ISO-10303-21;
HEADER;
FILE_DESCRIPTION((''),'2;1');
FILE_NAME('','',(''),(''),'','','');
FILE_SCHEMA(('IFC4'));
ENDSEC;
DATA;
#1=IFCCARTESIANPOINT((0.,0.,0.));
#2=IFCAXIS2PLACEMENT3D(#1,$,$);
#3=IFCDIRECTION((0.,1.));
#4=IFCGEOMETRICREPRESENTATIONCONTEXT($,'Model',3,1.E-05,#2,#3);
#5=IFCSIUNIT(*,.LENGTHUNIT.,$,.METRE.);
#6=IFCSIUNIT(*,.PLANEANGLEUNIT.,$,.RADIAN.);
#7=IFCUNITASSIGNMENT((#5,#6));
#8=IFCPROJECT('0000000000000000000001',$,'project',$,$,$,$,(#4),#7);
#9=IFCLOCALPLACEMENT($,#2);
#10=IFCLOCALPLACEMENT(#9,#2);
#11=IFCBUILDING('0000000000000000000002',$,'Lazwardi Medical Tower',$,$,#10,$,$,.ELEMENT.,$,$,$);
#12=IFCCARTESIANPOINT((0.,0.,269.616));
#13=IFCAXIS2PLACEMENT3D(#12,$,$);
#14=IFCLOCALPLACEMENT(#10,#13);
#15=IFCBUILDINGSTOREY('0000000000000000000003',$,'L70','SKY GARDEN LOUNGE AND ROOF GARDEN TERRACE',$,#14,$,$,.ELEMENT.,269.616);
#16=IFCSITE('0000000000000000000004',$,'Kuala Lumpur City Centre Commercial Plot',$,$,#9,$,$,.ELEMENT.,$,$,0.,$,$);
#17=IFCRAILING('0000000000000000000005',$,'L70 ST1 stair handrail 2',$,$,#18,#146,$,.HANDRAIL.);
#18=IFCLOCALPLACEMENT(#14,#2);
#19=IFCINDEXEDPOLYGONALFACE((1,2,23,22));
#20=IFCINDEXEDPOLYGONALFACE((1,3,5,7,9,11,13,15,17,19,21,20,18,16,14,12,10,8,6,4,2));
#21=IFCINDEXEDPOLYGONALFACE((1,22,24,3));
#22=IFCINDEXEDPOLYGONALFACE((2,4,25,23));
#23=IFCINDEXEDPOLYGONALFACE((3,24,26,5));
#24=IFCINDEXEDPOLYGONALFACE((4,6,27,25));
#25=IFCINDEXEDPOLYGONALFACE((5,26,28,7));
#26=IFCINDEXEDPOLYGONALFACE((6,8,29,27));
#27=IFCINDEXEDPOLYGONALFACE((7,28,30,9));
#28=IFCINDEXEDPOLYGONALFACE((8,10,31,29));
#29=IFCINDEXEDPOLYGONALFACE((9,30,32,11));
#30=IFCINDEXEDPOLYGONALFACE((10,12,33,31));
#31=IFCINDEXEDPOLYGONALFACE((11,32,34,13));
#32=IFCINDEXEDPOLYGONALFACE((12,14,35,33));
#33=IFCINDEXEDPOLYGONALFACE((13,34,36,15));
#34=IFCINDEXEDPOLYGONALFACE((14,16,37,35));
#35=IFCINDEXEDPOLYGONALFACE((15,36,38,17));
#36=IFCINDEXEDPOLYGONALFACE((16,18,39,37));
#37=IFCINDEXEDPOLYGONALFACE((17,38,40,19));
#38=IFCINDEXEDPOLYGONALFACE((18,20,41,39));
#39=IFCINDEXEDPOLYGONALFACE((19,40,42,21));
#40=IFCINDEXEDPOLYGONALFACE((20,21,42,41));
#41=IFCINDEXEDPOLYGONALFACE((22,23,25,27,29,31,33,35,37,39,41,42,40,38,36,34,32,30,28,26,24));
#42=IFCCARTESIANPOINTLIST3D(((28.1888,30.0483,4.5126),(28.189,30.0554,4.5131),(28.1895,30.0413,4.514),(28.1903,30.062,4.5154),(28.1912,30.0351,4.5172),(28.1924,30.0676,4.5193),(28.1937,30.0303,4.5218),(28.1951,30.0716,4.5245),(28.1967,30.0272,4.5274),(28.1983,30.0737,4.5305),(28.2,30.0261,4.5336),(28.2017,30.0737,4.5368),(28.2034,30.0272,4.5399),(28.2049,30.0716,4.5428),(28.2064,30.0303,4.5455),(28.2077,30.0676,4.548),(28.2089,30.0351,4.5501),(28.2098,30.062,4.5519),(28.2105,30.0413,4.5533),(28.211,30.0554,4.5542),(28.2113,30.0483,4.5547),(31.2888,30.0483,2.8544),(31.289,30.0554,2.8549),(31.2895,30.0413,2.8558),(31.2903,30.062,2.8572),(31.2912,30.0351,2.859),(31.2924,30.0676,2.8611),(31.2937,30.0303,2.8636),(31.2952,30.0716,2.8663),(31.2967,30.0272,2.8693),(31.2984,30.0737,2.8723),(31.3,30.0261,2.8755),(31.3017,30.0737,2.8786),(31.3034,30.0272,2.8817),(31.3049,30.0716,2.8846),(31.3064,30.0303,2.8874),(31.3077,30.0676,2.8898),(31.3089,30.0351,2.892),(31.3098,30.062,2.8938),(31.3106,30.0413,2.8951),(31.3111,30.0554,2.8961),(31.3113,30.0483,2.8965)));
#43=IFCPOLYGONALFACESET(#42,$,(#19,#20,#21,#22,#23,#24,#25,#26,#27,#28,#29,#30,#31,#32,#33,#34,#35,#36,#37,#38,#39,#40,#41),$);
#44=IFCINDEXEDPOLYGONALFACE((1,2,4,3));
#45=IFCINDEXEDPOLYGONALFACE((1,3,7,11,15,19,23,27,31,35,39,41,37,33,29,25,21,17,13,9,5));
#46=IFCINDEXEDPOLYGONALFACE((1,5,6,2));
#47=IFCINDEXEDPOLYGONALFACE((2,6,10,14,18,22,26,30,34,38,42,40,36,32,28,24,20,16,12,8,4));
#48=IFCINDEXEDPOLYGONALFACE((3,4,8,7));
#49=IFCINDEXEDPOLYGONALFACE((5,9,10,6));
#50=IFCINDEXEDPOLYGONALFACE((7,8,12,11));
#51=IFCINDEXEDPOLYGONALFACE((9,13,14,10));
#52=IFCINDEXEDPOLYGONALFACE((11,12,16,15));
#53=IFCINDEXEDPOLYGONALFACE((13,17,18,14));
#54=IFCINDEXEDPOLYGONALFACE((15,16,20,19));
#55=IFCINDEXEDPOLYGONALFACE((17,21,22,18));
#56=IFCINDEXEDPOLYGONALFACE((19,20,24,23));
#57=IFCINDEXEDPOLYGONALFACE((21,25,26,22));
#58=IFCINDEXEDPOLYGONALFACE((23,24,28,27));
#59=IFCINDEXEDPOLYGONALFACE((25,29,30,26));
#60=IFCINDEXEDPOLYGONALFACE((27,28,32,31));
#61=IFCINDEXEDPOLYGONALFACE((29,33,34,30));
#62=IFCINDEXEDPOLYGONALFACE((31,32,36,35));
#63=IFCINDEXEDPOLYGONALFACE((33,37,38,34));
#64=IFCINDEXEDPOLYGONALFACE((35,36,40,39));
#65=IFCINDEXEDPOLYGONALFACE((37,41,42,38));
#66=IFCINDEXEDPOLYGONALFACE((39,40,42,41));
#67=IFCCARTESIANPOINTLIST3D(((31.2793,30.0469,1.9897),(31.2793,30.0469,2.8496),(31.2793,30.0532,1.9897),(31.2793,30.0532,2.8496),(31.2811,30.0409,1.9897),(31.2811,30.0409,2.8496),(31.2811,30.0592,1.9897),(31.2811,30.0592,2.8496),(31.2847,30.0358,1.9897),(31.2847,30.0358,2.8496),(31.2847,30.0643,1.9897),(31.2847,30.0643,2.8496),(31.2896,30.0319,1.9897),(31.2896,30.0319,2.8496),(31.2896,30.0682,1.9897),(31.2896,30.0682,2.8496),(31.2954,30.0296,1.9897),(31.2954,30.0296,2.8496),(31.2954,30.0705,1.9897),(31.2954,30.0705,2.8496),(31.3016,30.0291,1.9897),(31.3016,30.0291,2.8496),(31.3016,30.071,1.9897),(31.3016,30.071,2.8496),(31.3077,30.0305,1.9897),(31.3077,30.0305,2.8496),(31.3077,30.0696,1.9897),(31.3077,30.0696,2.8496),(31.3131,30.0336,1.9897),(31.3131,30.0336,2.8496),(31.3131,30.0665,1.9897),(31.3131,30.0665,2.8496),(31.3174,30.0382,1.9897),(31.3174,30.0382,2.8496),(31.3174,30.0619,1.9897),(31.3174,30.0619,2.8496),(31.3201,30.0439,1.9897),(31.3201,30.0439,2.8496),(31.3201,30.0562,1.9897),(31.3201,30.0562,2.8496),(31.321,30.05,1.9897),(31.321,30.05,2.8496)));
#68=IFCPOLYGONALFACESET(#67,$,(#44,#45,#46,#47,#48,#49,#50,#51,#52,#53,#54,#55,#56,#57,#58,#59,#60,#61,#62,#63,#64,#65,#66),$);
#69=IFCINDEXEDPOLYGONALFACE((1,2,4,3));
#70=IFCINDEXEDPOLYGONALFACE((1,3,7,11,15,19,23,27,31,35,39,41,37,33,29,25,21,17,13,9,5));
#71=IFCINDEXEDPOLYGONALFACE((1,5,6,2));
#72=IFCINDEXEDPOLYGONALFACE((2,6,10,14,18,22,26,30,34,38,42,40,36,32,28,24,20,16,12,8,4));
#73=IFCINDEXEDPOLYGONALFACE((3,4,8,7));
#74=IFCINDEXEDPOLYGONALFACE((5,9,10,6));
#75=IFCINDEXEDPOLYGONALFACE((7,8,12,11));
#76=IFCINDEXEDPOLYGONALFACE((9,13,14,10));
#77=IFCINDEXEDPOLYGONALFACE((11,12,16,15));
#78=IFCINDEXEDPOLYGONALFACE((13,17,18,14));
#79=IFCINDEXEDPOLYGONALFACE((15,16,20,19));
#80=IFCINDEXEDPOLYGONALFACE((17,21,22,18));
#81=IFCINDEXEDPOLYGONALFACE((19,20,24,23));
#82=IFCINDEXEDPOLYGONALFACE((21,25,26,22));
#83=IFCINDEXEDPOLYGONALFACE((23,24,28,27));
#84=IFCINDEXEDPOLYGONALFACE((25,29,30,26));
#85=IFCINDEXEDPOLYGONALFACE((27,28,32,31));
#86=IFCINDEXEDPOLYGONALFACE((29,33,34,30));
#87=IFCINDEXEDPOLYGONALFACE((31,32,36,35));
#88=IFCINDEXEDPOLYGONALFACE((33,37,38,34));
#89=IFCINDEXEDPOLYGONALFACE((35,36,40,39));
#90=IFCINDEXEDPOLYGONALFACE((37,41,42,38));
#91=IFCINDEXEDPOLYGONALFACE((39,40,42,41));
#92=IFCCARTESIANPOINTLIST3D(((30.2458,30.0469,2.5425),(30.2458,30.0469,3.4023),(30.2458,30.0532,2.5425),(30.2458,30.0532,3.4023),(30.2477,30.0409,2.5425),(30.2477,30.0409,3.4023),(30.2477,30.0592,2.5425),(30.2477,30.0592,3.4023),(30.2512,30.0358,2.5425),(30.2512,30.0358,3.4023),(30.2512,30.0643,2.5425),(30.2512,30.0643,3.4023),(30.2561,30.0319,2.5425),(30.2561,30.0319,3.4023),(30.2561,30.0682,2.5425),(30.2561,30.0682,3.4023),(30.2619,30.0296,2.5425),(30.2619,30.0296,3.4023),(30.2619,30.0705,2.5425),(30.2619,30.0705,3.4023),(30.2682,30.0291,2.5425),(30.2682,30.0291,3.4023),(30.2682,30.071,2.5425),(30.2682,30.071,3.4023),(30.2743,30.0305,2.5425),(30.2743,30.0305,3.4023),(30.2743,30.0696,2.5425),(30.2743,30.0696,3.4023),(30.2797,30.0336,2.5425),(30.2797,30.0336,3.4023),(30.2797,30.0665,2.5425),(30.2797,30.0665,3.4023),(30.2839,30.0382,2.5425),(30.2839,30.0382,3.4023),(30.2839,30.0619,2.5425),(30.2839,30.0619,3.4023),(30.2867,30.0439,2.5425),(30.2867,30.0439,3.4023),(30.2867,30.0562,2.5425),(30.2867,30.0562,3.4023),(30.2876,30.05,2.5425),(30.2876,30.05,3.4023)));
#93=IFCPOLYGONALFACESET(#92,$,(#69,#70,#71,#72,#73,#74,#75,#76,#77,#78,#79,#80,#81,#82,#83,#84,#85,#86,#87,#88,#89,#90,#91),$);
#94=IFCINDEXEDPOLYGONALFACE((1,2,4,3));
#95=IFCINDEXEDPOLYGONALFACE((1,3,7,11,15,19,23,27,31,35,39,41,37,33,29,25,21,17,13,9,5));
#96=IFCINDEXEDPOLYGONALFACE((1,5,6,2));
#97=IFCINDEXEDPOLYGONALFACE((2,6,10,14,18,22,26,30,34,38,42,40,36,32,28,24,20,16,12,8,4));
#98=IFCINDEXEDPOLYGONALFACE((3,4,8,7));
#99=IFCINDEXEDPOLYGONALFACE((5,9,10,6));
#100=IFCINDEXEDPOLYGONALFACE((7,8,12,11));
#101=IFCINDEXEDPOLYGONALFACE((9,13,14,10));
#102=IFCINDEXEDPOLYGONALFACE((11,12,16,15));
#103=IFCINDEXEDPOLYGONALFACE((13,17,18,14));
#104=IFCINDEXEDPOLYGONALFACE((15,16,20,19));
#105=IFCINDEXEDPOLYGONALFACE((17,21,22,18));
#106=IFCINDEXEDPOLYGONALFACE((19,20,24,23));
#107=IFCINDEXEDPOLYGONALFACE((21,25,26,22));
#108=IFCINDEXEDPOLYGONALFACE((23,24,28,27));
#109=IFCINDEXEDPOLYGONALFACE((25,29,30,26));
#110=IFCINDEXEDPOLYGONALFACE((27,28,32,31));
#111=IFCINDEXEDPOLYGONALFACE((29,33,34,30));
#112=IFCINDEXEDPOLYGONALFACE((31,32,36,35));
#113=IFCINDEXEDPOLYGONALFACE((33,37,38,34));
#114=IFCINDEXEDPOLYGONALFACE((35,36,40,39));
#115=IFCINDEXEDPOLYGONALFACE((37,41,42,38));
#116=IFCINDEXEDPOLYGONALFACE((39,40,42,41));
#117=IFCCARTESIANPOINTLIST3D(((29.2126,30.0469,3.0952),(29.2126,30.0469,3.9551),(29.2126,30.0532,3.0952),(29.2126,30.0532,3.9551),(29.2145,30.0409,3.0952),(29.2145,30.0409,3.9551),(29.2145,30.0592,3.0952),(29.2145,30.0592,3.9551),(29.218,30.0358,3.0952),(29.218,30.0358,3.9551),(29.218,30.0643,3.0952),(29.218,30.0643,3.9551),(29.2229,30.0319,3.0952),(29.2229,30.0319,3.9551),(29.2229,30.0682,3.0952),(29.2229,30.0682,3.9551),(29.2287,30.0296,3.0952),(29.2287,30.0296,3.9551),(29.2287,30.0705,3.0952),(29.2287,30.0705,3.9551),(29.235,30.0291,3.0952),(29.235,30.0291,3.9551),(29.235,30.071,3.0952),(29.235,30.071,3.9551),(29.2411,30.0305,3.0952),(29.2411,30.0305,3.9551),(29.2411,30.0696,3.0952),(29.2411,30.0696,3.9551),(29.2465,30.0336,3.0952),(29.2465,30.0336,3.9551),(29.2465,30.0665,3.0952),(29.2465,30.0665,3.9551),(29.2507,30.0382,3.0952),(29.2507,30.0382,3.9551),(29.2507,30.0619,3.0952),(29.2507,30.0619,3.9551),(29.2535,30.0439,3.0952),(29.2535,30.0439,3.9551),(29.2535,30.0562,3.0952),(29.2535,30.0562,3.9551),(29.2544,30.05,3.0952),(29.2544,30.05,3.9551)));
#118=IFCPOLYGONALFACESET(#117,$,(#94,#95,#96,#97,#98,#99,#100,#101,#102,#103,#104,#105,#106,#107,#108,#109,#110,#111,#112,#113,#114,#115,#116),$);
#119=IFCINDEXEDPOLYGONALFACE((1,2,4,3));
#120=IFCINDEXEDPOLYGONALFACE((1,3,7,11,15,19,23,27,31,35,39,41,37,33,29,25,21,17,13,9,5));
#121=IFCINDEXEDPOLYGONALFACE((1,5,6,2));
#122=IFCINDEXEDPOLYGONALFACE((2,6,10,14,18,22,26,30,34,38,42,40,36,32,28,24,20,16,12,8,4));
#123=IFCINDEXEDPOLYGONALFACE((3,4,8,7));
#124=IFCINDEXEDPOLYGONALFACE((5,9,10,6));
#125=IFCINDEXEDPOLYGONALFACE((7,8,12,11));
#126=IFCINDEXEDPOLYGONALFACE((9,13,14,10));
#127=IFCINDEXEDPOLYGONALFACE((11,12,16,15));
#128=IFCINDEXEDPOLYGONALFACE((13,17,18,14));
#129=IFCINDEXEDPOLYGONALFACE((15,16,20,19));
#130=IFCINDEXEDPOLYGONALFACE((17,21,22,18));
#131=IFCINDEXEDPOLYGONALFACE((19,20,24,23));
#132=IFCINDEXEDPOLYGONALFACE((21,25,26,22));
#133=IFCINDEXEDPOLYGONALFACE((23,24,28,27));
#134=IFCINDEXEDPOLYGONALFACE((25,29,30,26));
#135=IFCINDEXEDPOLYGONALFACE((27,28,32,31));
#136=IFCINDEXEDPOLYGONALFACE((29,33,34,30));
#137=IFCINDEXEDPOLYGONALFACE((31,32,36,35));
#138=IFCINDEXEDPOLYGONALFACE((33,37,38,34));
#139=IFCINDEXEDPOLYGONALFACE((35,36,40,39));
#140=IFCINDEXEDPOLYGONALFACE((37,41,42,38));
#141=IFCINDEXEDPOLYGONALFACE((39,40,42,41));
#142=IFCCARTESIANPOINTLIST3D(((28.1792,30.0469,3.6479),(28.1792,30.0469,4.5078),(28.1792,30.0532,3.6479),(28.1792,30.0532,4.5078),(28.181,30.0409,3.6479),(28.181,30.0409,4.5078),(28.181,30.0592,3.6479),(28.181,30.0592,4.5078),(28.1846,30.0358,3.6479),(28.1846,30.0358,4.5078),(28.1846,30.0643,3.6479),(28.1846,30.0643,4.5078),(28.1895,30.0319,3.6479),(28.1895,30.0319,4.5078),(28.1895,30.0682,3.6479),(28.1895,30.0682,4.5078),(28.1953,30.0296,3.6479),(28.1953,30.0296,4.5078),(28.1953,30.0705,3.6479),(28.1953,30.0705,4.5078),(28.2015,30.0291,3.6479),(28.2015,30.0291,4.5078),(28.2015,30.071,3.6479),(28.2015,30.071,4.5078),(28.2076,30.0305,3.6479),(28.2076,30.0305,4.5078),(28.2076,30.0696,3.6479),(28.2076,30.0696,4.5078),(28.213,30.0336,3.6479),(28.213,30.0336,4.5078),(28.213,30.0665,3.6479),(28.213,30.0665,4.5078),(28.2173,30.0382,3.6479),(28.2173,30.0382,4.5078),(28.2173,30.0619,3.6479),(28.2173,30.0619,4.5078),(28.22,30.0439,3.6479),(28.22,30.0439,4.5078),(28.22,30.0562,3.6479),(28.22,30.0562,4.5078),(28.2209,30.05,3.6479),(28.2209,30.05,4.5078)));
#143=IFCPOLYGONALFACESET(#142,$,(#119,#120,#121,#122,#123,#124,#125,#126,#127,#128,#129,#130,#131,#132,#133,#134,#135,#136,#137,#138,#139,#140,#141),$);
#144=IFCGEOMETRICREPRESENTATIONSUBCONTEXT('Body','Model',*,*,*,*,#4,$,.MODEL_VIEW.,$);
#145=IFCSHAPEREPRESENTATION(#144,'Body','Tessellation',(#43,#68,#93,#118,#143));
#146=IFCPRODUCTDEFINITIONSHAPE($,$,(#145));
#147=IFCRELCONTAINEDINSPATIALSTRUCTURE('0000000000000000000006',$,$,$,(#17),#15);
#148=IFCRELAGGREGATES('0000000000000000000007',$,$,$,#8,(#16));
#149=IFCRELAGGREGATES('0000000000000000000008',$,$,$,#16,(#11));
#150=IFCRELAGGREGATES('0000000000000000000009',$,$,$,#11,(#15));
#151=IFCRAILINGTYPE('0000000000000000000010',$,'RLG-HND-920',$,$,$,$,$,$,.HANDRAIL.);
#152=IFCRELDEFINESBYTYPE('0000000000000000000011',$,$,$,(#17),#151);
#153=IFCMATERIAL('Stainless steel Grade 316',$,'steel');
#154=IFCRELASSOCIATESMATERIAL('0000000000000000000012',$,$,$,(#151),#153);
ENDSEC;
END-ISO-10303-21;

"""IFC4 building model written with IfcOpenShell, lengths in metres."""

from ifc_helpers import new_model, si_unit, direction, frame, origin, origin_2d, place, context, subcontext, project, spatial, circle, extrude, material, type_object, element, save


model = new_model("IFC4")

# Units and contexts
model_context = context("Model", 3, precision=1e-05, world=origin(), true_north=direction((0.0, 1.0)))
body_context = subcontext(model_context, "Body", "Model", "MODEL_VIEW")
ifc_project = project(units=[si_unit("LENGTHUNIT", "METRE"), si_unit("PLANEANGLEUNIT", "RADIAN")], contexts=[model_context])

# Site, building, storey
site_placement = place(None, origin())
site = spatial("IfcSite", under=ifc_project, at=site_placement, Name="Kuala Lumpur City Centre Commercial Plot", CompositionType="ELEMENT", RefElevation=0.0)
building_placement = place(site_placement, origin())
building = spatial("IfcBuilding", under=site, at=building_placement, Name="Lazwardi Medical Tower", CompositionType="ELEMENT")
storey_placement = place(building_placement, frame((0.0, 0.0, 269.616)))
storey = spatial("IfcBuildingStorey", under=building, at=storey_placement, Name="L70", Description="SKY GARDEN LOUNGE AND ROOF GARDEN TERRACE", CompositionType="ELEMENT", Elevation=269.616)

# Railing
ifc_material_1 = material(Name="Stainless steel Grade 316", Category="steel")
railing_type_1 = type_object("IfcRailingType", Name="RLG-HND-920", PredefinedType="HANDRAIL", material=ifc_material_1)
railing_1_placement = place(storey_placement, frame((31.3, 30.05, 1.9897)))
element("IfcRailing", 1, at=railing_1_placement, inside=storey, type_object=railing_type_1, Name="L70 ST1 stair handrail 2", PredefinedType="HANDRAIL", context=body_context, shape_type="SweptSolid", body=[
    extrude(circle(Radius=0.0239, at=origin_2d()), frame((0.0, 0.0, 0.8857), z_axis=(-0.881783, 0.0, 0.471655), x_axis=(0.0, -1.0, 0.0)), (0.0, 0.0, 1.0), 3.5156),
    extrude(circle(Radius=0.021, at=origin_2d()), origin(), (0.0, 0.0, 1.0), 0.8599),
    extrude(circle(Radius=0.021, at=origin_2d()), frame((-1.0334, 0.0, 0.5527)), (0.0, 0.0, 1.0), 0.8599),
    extrude(circle(Radius=0.021, at=origin_2d()), frame((-2.0667, 0.0, 1.1055)), (0.0, 0.0, 1.0), 0.8599),
    extrude(circle(Radius=0.021, at=origin_2d()), frame((-3.1001, 0.0, 1.6582)), (0.0, 0.0, 1.0), 0.8599),
])

save(model, "model.ifc")
